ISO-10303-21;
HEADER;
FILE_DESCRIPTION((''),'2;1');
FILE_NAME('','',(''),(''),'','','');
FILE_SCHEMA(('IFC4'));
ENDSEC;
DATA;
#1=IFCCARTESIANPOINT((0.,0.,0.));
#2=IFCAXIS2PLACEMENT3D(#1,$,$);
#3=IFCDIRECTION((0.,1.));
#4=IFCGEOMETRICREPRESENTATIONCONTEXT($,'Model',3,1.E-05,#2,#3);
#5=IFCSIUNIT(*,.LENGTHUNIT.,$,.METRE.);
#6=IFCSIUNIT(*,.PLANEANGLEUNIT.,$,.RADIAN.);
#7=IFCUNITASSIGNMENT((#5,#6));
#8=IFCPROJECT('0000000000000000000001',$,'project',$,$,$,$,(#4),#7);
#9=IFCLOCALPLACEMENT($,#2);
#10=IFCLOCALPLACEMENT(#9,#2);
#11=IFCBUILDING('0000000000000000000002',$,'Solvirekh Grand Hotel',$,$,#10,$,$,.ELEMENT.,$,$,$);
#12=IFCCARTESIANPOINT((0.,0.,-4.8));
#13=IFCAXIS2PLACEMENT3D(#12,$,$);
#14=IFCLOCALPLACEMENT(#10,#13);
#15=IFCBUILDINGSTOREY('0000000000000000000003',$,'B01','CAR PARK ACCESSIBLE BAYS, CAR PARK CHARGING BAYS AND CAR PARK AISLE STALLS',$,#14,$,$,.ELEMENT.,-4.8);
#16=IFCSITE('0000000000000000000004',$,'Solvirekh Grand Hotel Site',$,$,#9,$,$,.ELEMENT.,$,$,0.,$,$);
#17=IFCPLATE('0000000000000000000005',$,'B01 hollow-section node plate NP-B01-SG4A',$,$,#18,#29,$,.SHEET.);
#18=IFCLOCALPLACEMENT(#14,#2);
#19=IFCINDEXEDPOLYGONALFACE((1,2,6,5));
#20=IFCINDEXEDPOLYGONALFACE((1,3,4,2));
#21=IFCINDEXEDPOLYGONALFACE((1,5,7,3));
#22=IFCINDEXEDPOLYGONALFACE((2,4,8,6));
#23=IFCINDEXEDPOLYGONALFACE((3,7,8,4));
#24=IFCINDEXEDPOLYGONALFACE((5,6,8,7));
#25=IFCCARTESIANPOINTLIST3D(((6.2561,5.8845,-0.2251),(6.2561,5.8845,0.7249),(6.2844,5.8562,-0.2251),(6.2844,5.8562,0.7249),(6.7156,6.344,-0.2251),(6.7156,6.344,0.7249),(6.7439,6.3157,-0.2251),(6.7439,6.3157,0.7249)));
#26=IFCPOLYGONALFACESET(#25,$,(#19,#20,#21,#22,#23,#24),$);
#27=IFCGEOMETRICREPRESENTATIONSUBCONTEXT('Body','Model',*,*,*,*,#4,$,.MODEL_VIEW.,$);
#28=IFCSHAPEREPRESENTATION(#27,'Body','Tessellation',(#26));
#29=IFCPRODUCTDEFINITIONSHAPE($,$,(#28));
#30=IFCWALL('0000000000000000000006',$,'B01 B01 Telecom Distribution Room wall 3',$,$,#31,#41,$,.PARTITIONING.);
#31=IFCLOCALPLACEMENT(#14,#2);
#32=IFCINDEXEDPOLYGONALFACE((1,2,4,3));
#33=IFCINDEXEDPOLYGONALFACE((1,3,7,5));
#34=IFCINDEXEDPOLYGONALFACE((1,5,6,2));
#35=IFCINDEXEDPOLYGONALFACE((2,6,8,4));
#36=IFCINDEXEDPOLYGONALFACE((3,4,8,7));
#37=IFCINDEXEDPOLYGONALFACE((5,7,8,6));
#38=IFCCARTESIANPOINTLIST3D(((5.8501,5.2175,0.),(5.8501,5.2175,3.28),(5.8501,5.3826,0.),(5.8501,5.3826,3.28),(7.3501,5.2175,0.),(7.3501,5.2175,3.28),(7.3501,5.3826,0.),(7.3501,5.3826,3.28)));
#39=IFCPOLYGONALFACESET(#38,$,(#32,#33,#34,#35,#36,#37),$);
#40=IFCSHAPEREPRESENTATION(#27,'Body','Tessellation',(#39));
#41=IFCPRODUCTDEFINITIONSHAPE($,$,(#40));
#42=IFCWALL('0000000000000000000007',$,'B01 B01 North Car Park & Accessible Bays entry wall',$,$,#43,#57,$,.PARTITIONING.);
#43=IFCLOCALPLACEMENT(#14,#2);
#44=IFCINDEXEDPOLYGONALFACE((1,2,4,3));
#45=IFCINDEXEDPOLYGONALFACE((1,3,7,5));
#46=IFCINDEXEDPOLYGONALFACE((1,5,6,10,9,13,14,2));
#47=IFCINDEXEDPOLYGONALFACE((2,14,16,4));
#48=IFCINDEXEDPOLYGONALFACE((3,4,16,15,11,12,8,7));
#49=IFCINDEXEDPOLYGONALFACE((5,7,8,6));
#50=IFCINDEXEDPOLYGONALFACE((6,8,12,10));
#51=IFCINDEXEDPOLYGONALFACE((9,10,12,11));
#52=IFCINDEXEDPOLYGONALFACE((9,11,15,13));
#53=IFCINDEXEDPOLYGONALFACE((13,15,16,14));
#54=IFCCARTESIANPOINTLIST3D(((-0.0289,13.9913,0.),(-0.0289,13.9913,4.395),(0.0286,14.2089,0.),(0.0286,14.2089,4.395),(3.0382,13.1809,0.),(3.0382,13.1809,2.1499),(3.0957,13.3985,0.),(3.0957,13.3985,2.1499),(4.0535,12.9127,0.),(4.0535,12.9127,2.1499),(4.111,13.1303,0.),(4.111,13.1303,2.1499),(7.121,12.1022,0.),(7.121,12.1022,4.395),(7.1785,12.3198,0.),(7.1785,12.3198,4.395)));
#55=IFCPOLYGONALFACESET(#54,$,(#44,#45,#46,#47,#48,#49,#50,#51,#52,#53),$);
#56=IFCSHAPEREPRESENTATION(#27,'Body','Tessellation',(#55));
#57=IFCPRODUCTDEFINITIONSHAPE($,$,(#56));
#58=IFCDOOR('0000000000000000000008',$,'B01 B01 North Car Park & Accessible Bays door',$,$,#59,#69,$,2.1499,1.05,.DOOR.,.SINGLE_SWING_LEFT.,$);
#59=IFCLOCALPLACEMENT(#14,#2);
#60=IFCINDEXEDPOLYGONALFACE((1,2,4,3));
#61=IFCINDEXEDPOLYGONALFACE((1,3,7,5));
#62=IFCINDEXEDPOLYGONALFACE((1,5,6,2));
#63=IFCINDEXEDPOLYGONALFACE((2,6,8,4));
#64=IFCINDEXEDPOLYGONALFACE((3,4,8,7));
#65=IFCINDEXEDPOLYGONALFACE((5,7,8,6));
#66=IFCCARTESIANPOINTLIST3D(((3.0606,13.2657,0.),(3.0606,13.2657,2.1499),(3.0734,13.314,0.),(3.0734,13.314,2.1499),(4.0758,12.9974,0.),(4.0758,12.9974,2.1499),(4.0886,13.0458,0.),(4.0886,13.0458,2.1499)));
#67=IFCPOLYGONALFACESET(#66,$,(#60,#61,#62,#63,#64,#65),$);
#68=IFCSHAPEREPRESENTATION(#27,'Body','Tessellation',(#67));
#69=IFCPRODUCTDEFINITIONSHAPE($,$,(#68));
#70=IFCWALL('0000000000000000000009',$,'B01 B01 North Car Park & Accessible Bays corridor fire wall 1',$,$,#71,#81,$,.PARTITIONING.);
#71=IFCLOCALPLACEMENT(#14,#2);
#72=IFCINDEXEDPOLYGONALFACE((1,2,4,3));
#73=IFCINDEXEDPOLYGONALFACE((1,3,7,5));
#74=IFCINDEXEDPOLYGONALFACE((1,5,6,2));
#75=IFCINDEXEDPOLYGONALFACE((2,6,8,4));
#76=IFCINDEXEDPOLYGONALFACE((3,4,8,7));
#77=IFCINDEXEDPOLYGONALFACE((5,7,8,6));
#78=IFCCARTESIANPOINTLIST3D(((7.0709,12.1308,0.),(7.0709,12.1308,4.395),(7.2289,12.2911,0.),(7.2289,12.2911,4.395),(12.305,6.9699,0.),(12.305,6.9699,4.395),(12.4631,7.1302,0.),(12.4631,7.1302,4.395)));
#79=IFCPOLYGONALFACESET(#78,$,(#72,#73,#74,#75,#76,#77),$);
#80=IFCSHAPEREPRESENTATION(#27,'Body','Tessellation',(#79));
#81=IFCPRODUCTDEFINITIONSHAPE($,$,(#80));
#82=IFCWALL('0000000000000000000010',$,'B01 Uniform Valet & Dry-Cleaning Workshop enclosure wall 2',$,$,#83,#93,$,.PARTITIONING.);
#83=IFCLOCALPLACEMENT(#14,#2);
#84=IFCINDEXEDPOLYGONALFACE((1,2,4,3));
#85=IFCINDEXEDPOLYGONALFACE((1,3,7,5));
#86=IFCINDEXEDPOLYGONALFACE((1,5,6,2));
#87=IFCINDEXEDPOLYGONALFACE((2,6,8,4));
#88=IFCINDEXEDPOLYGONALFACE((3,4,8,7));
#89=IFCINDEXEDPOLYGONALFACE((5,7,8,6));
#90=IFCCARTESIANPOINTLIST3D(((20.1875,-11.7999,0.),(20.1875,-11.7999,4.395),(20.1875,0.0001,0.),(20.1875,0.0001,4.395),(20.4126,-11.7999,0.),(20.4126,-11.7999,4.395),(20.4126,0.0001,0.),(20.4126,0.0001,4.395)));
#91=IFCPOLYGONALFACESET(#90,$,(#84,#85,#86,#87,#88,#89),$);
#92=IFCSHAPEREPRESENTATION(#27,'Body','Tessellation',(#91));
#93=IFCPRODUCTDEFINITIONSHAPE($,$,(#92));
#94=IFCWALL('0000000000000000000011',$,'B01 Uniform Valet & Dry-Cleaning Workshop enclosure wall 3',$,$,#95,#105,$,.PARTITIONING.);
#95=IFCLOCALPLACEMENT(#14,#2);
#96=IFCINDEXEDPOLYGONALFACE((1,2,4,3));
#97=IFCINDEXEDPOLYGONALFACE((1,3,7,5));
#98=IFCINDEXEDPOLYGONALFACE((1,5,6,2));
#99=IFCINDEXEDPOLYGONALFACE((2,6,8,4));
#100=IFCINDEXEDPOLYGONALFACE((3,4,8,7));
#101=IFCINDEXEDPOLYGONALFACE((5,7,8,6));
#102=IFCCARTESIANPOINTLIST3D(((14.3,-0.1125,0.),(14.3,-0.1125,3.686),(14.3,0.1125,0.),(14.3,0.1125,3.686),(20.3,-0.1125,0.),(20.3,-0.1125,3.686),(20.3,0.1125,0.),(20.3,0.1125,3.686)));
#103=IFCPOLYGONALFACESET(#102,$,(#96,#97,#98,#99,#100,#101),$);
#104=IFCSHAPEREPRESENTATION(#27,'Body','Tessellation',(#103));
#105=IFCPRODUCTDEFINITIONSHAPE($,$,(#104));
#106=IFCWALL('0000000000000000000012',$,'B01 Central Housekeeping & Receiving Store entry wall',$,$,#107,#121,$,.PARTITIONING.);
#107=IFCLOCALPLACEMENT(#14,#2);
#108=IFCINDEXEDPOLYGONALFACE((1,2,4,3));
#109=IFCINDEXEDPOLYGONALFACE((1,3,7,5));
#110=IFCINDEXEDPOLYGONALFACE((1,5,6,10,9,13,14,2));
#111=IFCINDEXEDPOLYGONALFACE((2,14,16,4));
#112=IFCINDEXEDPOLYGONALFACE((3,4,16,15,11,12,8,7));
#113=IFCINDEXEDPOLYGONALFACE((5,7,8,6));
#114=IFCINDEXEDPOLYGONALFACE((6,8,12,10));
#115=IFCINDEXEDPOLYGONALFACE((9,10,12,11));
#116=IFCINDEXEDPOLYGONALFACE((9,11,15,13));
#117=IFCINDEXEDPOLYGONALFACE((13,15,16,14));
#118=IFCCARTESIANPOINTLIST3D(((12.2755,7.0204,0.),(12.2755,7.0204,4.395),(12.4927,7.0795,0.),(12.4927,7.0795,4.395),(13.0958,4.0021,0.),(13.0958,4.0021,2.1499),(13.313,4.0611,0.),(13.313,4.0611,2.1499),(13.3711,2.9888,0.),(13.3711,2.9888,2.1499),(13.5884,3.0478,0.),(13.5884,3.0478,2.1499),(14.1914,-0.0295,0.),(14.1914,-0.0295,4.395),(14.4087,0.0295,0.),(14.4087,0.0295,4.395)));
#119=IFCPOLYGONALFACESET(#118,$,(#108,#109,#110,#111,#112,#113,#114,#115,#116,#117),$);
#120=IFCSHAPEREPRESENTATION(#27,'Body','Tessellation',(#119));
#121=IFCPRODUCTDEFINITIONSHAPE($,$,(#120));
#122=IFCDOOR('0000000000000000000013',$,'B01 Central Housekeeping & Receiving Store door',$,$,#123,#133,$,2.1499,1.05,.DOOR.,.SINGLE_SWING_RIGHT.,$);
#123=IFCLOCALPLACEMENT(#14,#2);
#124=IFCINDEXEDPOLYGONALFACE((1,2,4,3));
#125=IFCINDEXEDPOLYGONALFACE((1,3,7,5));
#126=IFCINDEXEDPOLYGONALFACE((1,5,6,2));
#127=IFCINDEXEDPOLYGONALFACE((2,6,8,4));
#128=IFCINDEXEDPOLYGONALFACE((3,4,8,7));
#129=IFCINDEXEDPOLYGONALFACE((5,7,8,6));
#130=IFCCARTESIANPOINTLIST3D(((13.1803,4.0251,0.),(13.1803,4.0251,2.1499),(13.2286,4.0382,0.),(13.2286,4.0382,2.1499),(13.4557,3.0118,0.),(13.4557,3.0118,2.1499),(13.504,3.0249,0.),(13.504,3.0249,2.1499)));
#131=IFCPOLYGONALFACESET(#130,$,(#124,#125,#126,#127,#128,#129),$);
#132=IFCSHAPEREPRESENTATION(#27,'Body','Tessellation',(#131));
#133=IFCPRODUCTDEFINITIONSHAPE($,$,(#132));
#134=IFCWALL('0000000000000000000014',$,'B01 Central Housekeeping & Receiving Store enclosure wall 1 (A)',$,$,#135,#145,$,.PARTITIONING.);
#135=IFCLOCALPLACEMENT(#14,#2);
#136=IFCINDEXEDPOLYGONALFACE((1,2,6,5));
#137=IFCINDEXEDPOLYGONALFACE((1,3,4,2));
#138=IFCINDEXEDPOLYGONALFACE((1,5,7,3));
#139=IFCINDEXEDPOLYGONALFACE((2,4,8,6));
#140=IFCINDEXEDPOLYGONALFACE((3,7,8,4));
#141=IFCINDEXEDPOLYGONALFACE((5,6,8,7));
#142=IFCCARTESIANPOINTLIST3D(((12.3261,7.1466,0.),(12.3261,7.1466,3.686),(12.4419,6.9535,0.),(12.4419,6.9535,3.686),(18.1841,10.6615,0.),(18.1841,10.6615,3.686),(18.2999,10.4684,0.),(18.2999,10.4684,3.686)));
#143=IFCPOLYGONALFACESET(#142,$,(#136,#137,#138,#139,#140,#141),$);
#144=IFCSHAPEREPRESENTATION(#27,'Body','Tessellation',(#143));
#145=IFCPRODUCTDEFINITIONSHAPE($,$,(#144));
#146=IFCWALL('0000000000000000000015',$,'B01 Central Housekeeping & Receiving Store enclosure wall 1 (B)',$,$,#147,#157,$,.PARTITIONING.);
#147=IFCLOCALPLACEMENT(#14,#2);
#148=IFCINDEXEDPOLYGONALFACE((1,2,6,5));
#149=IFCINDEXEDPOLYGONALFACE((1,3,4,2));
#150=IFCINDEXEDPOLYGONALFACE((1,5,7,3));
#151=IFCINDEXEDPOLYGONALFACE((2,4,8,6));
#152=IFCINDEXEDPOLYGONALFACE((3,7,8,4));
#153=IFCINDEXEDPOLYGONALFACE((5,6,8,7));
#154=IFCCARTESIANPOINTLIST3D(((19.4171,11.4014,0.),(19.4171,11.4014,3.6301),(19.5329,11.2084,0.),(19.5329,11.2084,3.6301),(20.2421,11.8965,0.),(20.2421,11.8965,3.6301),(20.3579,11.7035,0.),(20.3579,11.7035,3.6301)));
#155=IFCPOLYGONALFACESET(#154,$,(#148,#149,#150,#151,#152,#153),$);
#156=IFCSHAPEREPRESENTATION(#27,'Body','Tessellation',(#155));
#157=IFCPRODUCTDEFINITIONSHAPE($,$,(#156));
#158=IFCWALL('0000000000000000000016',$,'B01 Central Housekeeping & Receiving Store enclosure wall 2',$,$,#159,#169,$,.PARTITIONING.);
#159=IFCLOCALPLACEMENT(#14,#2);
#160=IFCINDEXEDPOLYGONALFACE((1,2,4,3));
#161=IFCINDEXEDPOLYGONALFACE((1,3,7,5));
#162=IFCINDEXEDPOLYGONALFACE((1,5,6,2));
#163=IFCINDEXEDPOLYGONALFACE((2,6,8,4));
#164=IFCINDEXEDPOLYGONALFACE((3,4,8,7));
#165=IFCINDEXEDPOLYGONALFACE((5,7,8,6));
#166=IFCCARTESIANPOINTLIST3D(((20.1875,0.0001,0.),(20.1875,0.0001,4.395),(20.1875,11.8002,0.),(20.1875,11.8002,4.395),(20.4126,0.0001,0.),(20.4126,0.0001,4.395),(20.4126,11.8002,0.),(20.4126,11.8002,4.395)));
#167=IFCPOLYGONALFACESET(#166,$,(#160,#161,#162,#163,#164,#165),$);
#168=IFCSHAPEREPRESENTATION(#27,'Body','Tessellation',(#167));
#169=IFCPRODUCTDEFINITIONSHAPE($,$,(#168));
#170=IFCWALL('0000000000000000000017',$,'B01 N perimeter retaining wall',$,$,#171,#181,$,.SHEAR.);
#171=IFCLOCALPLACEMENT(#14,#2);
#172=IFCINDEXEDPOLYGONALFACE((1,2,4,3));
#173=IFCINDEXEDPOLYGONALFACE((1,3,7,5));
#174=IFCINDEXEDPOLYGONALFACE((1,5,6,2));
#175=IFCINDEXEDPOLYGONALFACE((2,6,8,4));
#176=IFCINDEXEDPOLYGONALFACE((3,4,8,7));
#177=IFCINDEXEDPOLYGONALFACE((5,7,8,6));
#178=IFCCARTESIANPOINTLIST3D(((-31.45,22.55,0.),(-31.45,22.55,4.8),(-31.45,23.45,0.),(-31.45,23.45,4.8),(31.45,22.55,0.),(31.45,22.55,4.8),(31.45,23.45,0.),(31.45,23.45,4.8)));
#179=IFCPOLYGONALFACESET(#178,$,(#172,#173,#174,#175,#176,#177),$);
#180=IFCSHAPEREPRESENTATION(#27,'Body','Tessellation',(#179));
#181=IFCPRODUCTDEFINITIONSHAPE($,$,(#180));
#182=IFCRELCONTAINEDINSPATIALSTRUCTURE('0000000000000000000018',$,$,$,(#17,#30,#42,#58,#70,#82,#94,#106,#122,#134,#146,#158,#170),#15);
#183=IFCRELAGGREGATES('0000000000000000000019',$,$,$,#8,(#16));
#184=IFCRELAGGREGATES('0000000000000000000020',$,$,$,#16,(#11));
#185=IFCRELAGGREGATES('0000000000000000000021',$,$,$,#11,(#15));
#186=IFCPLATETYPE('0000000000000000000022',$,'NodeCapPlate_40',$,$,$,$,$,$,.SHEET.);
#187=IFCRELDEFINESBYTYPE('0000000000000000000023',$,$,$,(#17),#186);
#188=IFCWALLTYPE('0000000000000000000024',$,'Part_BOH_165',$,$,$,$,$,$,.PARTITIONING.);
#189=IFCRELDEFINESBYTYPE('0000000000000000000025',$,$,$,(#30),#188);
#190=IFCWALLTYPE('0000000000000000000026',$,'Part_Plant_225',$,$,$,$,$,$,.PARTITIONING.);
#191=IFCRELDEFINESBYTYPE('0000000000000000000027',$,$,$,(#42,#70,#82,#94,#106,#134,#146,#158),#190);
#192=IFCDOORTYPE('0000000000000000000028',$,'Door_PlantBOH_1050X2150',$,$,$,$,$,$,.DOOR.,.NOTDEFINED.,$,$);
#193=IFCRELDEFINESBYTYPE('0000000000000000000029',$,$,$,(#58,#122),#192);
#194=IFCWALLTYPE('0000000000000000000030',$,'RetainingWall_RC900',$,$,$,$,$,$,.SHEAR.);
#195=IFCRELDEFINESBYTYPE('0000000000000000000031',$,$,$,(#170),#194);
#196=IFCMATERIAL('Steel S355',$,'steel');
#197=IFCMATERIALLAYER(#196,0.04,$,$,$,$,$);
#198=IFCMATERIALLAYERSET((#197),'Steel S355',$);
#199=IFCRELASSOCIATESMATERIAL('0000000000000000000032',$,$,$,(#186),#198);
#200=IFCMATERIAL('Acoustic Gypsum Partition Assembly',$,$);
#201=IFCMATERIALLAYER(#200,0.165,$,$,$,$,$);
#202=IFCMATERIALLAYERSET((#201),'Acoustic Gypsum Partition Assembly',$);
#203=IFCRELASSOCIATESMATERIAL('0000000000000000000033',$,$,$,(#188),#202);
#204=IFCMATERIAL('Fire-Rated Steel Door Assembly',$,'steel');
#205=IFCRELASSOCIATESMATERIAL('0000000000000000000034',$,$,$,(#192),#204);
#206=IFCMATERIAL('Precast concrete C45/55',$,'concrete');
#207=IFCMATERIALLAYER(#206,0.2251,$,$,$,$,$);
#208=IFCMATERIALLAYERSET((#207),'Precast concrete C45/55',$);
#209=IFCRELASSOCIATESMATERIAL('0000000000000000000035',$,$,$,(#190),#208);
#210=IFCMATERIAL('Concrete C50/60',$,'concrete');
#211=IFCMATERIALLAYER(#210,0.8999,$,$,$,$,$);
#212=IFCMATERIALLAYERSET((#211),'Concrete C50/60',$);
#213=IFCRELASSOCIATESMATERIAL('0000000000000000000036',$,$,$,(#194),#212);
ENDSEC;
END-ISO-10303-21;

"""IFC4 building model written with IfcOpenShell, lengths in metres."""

from ifc_helpers import new_model, si_unit, direction, frame, frame_2d, origin, origin_2d, place, context, subcontext, project, spatial, rectangle, extrude, material, layer, layer_set, type_object, element, fill, save


model = new_model("IFC4")

# Units and contexts
model_context = context("Model", 3, precision=1e-05, world=origin(), true_north=direction((0.0, 1.0)))
body_context = subcontext(model_context, "Body", "Model", "MODEL_VIEW")
ifc_project = project(units=[si_unit("LENGTHUNIT", "METRE"), si_unit("PLANEANGLEUNIT", "RADIAN")], contexts=[model_context])

# Site, building, storey
site_placement = place(None, origin())
site = spatial("IfcSite", under=ifc_project, at=site_placement, Name="Solvirekh Grand Hotel Site", CompositionType="ELEMENT", RefElevation=0.0)
building_placement = place(site_placement, origin())
building = spatial("IfcBuilding", under=site, at=building_placement, Name="Solvirekh Grand Hotel", CompositionType="ELEMENT")
storey_placement = place(building_placement, frame((0.0, 0.0, -4.8)))
storey = spatial("IfcBuildingStorey", under=building, at=storey_placement, Name="B01", Description="CAR PARK ACCESSIBLE BAYS, CAR PARK CHARGING BAYS AND CAR PARK AISLE STALLS", CompositionType="ELEMENT", Elevation=-4.8)

# Shared definitions
ifc_material_1 = material(Name="Concrete C50/60", Category="concrete")

# Shared definitions
ifc_material_2 = material(Name="Steel S355", Category="steel")

# Plate
ifc_layer_1 = layer(ifc_material_2, 0.04)
ifc_layer_set_1 = layer_set([ifc_layer_1], Name="Steel S355")
plate_type = type_object("IfcPlateType", Name="NodeCapPlate_40", PredefinedType="SHEET", material=ifc_layer_set_1)
plate_placement = place(storey_placement, frame((6.5, 6.1001, -0.2251), z_axis=(0.0, 0.0, 1.0), x_axis=(-0.707107, 0.707107, 0.0)))
element("IfcPlate", 1, at=plate_placement, inside=storey, type_object=plate_type, Name="B01 hollow-section node plate NP-B01-SG4A", PredefinedType="SHEET", context=body_context, shape_type="SweptSolid", body=[
    extrude(rectangle(XDim=0.04, YDim=0.6499, at=origin_2d()), origin(), (0.0, 0.0, 1.0), 0.95),
])

# Shared definitions
ifc_material_3 = material(Name="Acoustic Gypsum Partition Assembly")
ifc_layer_2 = layer(ifc_material_3, 0.165)
ifc_layer_set_2 = layer_set([ifc_layer_2], Name="Acoustic Gypsum Partition Assembly")
wall_type_1 = type_object("IfcWallType", Name="Part_BOH_165", PredefinedType="PARTITIONING", material=ifc_layer_set_2)
ifc_material_4 = material(Name="Fire-Rated Steel Door Assembly", Category="steel")
door_type = type_object("IfcDoorType", Name="Door_PlantBOH_1050X2150", OperationType="NOTDEFINED", PredefinedType="DOOR", material=ifc_material_4)

# Wall
wall_1_placement = place(storey_placement, frame((7.3501, 5.3, 0.0), z_axis=(0.0, 0.0, 1.0), x_axis=(-1.0, 0.0, 0.0)))
element("IfcWall", 2, at=wall_1_placement, inside=storey, type_object=wall_type_1, Name="B01 B01 Telecom Distribution Room wall 3", PredefinedType="PARTITIONING", context=body_context, shape_type="SweptSolid", body=[
    extrude(rectangle(XDim=1.5, YDim=0.165, at=frame_2d((0.75, 0.0))), origin(), (0.0, 0.0, 1.0), 3.28),
])

# Wall, opening, door
ifc_material_5 = material(Name="Precast concrete C45/55", Category="concrete")
ifc_layer_3 = layer(ifc_material_5, 0.2251)
ifc_layer_set_3 = layer_set([ifc_layer_3], Name="Precast concrete C45/55")
wall_type_2 = type_object("IfcWallType", Name="Part_Plant_225", PredefinedType="PARTITIONING", material=ifc_layer_set_3)
wall_2_placement = place(storey_placement, frame((7.1499, 12.2109, 0.0), z_axis=(0.0, 0.0, 1.0), x_axis=(-0.966821, 0.255455, 0.0)))
wall_2 = element("IfcWall", 3, at=wall_2_placement, inside=storey, type_object=wall_type_2, Name="B01 B01 North Car Park & Accessible Bays entry wall", PredefinedType="PARTITIONING", context=body_context, shape_type="SweptSolid", body=[
    extrude(rectangle(XDim=7.3953, YDim=0.2251, at=frame_2d((3.6978, 0.0))), origin(), (0.0, 0.0, 1.0), 4.395),
])
opening_1_placement = place(wall_2_placement, frame((3.1731, 0.0, 0.0)))
opening_1 = element("IfcOpeningElement", 4, at=opening_1_placement, cuts=wall_2, PredefinedType="OPENING", context=body_context, shape_type="SweptSolid", body=[
    extrude(rectangle(XDim=1.05, YDim=2.1499, at=frame_2d((0.5249, 1.075))), frame((0.0, 0.1226, 0.0), z_axis=(0.0, -1.0, 0.0), x_axis=(1.0, 0.0, 0.0)), (0.0, 0.0, 1.0), 0.2451),
])
door_1_placement = place(opening_1_placement, origin())
door_1 = element("IfcDoor", 5, at=door_1_placement, inside=storey, type_object=door_type, Name="B01 B01 North Car Park & Accessible Bays door", OperationType="SINGLE_SWING_LEFT", OverallHeight=2.1499, OverallWidth=1.05, PredefinedType="DOOR", context=body_context, shape_type="SweptSolid", body=[
    extrude(rectangle(XDim=1.05, YDim=2.1499, at=frame_2d((0.5249, 1.075))), frame((0.0, 0.0249, 0.0), z_axis=(0.0, -1.0, 0.0), x_axis=(1.0, 0.0, 0.0)), (0.0, 0.0, 1.0), 0.05),
])
fill(opening_1, door_1)

# Walls
wall_3_placement = place(storey_placement, frame((12.384, 7.05, 0.0), z_axis=(0.0, 0.0, 1.0), x_axis=(-0.712071, 0.702107, 0.0)))
element("IfcWall", 6, at=wall_3_placement, inside=storey, type_object=wall_type_2, Name="B01 B01 North Car Park & Accessible Bays corridor fire wall 1", PredefinedType="PARTITIONING", context=body_context, shape_type="SweptSolid", body=[
    extrude(rectangle(XDim=7.3506, YDim=0.2251, at=frame_2d((3.6753, 0.0))), origin(), (0.0, 0.0, 1.0), 4.395),
])
wall_4_placement = place(storey_placement, frame((20.3, 0.0, 0.0), z_axis=(0.0, 0.0, 1.0), x_axis=(0.0, -1.0, 0.0)))
element("IfcWall", 7, at=wall_4_placement, inside=storey, type_object=wall_type_2, Name="B01 Uniform Valet & Dry-Cleaning Workshop enclosure wall 2", PredefinedType="PARTITIONING", context=body_context, shape_type="SweptSolid", body=[
    extrude(rectangle(XDim=11.8, YDim=0.2251, at=frame_2d((5.8999, 0.0))), origin(), (0.0, 0.0, 1.0), 4.395),
])
wall_5_placement = place(storey_placement, frame((14.3, 0.0, 0.0), z_axis=(0.0, 0.0, 1.0), x_axis=(1.0, 0.0, 0.0)))
element("IfcWall", 8, at=wall_5_placement, inside=storey, type_object=wall_type_2, Name="B01 Uniform Valet & Dry-Cleaning Workshop enclosure wall 3", PredefinedType="PARTITIONING", context=body_context, shape_type="SweptSolid", body=[
    extrude(rectangle(XDim=6.0, YDim=0.2251, at=frame_2d((3.0, 0.0))), origin(), (0.0, 0.0, 1.0), 3.686),
])

# Wall, opening, door
wall_6_placement = place(storey_placement, frame((14.3, 0.0, 0.0), z_axis=(0.0, 0.0, 1.0), x_axis=(-0.262261, 0.964997, 0.0)))
wall_6 = element("IfcWall", 9, at=wall_6_placement, inside=storey, type_object=wall_type_2, Name="B01 Central Housekeeping & Receiving Store entry wall", PredefinedType="PARTITIONING", context=body_context, shape_type="SweptSolid", body=[
    extrude(rectangle(XDim=7.3057, YDim=0.2251, at=frame_2d((3.6528, 0.0))), origin(), (0.0, 0.0, 1.0), 4.395),
])
opening_2_placement = place(wall_6_placement, frame((3.1279, 0.0, 0.0)))
opening_2 = element("IfcOpeningElement", 10, at=opening_2_placement, cuts=wall_6, PredefinedType="OPENING", context=body_context, shape_type="SweptSolid", body=[
    extrude(rectangle(XDim=1.05, YDim=2.1499, at=frame_2d((0.5249, 1.075))), frame((0.0, 0.1226, 0.0), z_axis=(0.0, -1.0, 0.0), x_axis=(1.0, 0.0, 0.0)), (0.0, 0.0, 1.0), 0.2451),
])
door_2_placement = place(opening_2_placement, origin())
door_2 = element("IfcDoor", 11, at=door_2_placement, inside=storey, type_object=door_type, Name="B01 Central Housekeeping & Receiving Store door", OperationType="SINGLE_SWING_RIGHT", OverallHeight=2.1499, OverallWidth=1.05, PredefinedType="DOOR", context=body_context, shape_type="SweptSolid", body=[
    extrude(rectangle(XDim=1.05, YDim=2.1499, at=frame_2d((0.5249, 1.075))), frame((0.0, 0.0249, 0.0), z_axis=(0.0, -1.0, 0.0), x_axis=(1.0, 0.0, 0.0)), (0.0, 0.0, 1.0), 0.05),
])
fill(opening_2, door_2)

# Walls
wall_7_placement = place(storey_placement, frame((12.384, 7.05, 0.0), z_axis=(0.0, 0.0, 1.0), x_axis=(0.857483, 0.514512, 0.0)))
element("IfcWall", 12, at=wall_7_placement, inside=storey, type_object=wall_type_2, Name="B01 Central Housekeeping & Receiving Store enclosure wall 1 (A)", PredefinedType="PARTITIONING", context=body_context, shape_type="SweptSolid", body=[
    extrude(rectangle(XDim=6.8315, YDim=0.2251, at=frame_2d((3.4158, 0.0))), origin(), (0.0, 0.0, 1.0), 3.686),
])
wall_8_placement = place(storey_placement, frame((19.4751, 11.3049, 0.0), z_axis=(0.0, 0.0, 1.0), x_axis=(0.857426, 0.514608, 0.0)))
element("IfcWall", 13, at=wall_8_placement, inside=storey, type_object=wall_type_2, Name="B01 Central Housekeeping & Receiving Store enclosure wall 1 (B)", PredefinedType="PARTITIONING", context=body_context, shape_type="SweptSolid", body=[
    extrude(rectangle(XDim=0.9622, YDim=0.2251, at=frame_2d((0.481, 0.0))), origin(), (0.0, 0.0, 1.0), 3.6301),
])
wall_9_placement = place(storey_placement, frame((20.3, 11.8, 0.0), z_axis=(0.0, 0.0, 1.0), x_axis=(0.0, -1.0, 0.0)))
element("IfcWall", 14, at=wall_9_placement, inside=storey, type_object=wall_type_2, Name="B01 Central Housekeeping & Receiving Store enclosure wall 2", PredefinedType="PARTITIONING", context=body_context, shape_type="SweptSolid", body=[
    extrude(rectangle(XDim=11.8, YDim=0.2251, at=frame_2d((5.8999, 0.0))), origin(), (0.0, 0.0, 1.0), 4.395),
])
ifc_layer_4 = layer(ifc_material_1, 0.8999)
ifc_layer_set_4 = layer_set([ifc_layer_4], Name="Concrete C50/60")
wall_type_3 = type_object("IfcWallType", Name="RetainingWall_RC900", PredefinedType="SHEAR", material=ifc_layer_set_4)
wall_10_placement = place(storey_placement, frame((31.45, 23.0, 0.0), z_axis=(0.0, 0.0, 1.0), x_axis=(-1.0, 0.0, 0.0)))
element("IfcWall", 15, at=wall_10_placement, inside=storey, type_object=wall_type_3, Name="B01 N perimeter retaining wall", PredefinedType="SHEAR", context=body_context, shape_type="SweptSolid", body=[
    extrude(rectangle(XDim=62.8999, YDim=0.8999, at=frame_2d((31.45, 0.0))), origin(), (0.0, 0.0, 1.0), 4.8),
])

save(model, "model.ifc")
